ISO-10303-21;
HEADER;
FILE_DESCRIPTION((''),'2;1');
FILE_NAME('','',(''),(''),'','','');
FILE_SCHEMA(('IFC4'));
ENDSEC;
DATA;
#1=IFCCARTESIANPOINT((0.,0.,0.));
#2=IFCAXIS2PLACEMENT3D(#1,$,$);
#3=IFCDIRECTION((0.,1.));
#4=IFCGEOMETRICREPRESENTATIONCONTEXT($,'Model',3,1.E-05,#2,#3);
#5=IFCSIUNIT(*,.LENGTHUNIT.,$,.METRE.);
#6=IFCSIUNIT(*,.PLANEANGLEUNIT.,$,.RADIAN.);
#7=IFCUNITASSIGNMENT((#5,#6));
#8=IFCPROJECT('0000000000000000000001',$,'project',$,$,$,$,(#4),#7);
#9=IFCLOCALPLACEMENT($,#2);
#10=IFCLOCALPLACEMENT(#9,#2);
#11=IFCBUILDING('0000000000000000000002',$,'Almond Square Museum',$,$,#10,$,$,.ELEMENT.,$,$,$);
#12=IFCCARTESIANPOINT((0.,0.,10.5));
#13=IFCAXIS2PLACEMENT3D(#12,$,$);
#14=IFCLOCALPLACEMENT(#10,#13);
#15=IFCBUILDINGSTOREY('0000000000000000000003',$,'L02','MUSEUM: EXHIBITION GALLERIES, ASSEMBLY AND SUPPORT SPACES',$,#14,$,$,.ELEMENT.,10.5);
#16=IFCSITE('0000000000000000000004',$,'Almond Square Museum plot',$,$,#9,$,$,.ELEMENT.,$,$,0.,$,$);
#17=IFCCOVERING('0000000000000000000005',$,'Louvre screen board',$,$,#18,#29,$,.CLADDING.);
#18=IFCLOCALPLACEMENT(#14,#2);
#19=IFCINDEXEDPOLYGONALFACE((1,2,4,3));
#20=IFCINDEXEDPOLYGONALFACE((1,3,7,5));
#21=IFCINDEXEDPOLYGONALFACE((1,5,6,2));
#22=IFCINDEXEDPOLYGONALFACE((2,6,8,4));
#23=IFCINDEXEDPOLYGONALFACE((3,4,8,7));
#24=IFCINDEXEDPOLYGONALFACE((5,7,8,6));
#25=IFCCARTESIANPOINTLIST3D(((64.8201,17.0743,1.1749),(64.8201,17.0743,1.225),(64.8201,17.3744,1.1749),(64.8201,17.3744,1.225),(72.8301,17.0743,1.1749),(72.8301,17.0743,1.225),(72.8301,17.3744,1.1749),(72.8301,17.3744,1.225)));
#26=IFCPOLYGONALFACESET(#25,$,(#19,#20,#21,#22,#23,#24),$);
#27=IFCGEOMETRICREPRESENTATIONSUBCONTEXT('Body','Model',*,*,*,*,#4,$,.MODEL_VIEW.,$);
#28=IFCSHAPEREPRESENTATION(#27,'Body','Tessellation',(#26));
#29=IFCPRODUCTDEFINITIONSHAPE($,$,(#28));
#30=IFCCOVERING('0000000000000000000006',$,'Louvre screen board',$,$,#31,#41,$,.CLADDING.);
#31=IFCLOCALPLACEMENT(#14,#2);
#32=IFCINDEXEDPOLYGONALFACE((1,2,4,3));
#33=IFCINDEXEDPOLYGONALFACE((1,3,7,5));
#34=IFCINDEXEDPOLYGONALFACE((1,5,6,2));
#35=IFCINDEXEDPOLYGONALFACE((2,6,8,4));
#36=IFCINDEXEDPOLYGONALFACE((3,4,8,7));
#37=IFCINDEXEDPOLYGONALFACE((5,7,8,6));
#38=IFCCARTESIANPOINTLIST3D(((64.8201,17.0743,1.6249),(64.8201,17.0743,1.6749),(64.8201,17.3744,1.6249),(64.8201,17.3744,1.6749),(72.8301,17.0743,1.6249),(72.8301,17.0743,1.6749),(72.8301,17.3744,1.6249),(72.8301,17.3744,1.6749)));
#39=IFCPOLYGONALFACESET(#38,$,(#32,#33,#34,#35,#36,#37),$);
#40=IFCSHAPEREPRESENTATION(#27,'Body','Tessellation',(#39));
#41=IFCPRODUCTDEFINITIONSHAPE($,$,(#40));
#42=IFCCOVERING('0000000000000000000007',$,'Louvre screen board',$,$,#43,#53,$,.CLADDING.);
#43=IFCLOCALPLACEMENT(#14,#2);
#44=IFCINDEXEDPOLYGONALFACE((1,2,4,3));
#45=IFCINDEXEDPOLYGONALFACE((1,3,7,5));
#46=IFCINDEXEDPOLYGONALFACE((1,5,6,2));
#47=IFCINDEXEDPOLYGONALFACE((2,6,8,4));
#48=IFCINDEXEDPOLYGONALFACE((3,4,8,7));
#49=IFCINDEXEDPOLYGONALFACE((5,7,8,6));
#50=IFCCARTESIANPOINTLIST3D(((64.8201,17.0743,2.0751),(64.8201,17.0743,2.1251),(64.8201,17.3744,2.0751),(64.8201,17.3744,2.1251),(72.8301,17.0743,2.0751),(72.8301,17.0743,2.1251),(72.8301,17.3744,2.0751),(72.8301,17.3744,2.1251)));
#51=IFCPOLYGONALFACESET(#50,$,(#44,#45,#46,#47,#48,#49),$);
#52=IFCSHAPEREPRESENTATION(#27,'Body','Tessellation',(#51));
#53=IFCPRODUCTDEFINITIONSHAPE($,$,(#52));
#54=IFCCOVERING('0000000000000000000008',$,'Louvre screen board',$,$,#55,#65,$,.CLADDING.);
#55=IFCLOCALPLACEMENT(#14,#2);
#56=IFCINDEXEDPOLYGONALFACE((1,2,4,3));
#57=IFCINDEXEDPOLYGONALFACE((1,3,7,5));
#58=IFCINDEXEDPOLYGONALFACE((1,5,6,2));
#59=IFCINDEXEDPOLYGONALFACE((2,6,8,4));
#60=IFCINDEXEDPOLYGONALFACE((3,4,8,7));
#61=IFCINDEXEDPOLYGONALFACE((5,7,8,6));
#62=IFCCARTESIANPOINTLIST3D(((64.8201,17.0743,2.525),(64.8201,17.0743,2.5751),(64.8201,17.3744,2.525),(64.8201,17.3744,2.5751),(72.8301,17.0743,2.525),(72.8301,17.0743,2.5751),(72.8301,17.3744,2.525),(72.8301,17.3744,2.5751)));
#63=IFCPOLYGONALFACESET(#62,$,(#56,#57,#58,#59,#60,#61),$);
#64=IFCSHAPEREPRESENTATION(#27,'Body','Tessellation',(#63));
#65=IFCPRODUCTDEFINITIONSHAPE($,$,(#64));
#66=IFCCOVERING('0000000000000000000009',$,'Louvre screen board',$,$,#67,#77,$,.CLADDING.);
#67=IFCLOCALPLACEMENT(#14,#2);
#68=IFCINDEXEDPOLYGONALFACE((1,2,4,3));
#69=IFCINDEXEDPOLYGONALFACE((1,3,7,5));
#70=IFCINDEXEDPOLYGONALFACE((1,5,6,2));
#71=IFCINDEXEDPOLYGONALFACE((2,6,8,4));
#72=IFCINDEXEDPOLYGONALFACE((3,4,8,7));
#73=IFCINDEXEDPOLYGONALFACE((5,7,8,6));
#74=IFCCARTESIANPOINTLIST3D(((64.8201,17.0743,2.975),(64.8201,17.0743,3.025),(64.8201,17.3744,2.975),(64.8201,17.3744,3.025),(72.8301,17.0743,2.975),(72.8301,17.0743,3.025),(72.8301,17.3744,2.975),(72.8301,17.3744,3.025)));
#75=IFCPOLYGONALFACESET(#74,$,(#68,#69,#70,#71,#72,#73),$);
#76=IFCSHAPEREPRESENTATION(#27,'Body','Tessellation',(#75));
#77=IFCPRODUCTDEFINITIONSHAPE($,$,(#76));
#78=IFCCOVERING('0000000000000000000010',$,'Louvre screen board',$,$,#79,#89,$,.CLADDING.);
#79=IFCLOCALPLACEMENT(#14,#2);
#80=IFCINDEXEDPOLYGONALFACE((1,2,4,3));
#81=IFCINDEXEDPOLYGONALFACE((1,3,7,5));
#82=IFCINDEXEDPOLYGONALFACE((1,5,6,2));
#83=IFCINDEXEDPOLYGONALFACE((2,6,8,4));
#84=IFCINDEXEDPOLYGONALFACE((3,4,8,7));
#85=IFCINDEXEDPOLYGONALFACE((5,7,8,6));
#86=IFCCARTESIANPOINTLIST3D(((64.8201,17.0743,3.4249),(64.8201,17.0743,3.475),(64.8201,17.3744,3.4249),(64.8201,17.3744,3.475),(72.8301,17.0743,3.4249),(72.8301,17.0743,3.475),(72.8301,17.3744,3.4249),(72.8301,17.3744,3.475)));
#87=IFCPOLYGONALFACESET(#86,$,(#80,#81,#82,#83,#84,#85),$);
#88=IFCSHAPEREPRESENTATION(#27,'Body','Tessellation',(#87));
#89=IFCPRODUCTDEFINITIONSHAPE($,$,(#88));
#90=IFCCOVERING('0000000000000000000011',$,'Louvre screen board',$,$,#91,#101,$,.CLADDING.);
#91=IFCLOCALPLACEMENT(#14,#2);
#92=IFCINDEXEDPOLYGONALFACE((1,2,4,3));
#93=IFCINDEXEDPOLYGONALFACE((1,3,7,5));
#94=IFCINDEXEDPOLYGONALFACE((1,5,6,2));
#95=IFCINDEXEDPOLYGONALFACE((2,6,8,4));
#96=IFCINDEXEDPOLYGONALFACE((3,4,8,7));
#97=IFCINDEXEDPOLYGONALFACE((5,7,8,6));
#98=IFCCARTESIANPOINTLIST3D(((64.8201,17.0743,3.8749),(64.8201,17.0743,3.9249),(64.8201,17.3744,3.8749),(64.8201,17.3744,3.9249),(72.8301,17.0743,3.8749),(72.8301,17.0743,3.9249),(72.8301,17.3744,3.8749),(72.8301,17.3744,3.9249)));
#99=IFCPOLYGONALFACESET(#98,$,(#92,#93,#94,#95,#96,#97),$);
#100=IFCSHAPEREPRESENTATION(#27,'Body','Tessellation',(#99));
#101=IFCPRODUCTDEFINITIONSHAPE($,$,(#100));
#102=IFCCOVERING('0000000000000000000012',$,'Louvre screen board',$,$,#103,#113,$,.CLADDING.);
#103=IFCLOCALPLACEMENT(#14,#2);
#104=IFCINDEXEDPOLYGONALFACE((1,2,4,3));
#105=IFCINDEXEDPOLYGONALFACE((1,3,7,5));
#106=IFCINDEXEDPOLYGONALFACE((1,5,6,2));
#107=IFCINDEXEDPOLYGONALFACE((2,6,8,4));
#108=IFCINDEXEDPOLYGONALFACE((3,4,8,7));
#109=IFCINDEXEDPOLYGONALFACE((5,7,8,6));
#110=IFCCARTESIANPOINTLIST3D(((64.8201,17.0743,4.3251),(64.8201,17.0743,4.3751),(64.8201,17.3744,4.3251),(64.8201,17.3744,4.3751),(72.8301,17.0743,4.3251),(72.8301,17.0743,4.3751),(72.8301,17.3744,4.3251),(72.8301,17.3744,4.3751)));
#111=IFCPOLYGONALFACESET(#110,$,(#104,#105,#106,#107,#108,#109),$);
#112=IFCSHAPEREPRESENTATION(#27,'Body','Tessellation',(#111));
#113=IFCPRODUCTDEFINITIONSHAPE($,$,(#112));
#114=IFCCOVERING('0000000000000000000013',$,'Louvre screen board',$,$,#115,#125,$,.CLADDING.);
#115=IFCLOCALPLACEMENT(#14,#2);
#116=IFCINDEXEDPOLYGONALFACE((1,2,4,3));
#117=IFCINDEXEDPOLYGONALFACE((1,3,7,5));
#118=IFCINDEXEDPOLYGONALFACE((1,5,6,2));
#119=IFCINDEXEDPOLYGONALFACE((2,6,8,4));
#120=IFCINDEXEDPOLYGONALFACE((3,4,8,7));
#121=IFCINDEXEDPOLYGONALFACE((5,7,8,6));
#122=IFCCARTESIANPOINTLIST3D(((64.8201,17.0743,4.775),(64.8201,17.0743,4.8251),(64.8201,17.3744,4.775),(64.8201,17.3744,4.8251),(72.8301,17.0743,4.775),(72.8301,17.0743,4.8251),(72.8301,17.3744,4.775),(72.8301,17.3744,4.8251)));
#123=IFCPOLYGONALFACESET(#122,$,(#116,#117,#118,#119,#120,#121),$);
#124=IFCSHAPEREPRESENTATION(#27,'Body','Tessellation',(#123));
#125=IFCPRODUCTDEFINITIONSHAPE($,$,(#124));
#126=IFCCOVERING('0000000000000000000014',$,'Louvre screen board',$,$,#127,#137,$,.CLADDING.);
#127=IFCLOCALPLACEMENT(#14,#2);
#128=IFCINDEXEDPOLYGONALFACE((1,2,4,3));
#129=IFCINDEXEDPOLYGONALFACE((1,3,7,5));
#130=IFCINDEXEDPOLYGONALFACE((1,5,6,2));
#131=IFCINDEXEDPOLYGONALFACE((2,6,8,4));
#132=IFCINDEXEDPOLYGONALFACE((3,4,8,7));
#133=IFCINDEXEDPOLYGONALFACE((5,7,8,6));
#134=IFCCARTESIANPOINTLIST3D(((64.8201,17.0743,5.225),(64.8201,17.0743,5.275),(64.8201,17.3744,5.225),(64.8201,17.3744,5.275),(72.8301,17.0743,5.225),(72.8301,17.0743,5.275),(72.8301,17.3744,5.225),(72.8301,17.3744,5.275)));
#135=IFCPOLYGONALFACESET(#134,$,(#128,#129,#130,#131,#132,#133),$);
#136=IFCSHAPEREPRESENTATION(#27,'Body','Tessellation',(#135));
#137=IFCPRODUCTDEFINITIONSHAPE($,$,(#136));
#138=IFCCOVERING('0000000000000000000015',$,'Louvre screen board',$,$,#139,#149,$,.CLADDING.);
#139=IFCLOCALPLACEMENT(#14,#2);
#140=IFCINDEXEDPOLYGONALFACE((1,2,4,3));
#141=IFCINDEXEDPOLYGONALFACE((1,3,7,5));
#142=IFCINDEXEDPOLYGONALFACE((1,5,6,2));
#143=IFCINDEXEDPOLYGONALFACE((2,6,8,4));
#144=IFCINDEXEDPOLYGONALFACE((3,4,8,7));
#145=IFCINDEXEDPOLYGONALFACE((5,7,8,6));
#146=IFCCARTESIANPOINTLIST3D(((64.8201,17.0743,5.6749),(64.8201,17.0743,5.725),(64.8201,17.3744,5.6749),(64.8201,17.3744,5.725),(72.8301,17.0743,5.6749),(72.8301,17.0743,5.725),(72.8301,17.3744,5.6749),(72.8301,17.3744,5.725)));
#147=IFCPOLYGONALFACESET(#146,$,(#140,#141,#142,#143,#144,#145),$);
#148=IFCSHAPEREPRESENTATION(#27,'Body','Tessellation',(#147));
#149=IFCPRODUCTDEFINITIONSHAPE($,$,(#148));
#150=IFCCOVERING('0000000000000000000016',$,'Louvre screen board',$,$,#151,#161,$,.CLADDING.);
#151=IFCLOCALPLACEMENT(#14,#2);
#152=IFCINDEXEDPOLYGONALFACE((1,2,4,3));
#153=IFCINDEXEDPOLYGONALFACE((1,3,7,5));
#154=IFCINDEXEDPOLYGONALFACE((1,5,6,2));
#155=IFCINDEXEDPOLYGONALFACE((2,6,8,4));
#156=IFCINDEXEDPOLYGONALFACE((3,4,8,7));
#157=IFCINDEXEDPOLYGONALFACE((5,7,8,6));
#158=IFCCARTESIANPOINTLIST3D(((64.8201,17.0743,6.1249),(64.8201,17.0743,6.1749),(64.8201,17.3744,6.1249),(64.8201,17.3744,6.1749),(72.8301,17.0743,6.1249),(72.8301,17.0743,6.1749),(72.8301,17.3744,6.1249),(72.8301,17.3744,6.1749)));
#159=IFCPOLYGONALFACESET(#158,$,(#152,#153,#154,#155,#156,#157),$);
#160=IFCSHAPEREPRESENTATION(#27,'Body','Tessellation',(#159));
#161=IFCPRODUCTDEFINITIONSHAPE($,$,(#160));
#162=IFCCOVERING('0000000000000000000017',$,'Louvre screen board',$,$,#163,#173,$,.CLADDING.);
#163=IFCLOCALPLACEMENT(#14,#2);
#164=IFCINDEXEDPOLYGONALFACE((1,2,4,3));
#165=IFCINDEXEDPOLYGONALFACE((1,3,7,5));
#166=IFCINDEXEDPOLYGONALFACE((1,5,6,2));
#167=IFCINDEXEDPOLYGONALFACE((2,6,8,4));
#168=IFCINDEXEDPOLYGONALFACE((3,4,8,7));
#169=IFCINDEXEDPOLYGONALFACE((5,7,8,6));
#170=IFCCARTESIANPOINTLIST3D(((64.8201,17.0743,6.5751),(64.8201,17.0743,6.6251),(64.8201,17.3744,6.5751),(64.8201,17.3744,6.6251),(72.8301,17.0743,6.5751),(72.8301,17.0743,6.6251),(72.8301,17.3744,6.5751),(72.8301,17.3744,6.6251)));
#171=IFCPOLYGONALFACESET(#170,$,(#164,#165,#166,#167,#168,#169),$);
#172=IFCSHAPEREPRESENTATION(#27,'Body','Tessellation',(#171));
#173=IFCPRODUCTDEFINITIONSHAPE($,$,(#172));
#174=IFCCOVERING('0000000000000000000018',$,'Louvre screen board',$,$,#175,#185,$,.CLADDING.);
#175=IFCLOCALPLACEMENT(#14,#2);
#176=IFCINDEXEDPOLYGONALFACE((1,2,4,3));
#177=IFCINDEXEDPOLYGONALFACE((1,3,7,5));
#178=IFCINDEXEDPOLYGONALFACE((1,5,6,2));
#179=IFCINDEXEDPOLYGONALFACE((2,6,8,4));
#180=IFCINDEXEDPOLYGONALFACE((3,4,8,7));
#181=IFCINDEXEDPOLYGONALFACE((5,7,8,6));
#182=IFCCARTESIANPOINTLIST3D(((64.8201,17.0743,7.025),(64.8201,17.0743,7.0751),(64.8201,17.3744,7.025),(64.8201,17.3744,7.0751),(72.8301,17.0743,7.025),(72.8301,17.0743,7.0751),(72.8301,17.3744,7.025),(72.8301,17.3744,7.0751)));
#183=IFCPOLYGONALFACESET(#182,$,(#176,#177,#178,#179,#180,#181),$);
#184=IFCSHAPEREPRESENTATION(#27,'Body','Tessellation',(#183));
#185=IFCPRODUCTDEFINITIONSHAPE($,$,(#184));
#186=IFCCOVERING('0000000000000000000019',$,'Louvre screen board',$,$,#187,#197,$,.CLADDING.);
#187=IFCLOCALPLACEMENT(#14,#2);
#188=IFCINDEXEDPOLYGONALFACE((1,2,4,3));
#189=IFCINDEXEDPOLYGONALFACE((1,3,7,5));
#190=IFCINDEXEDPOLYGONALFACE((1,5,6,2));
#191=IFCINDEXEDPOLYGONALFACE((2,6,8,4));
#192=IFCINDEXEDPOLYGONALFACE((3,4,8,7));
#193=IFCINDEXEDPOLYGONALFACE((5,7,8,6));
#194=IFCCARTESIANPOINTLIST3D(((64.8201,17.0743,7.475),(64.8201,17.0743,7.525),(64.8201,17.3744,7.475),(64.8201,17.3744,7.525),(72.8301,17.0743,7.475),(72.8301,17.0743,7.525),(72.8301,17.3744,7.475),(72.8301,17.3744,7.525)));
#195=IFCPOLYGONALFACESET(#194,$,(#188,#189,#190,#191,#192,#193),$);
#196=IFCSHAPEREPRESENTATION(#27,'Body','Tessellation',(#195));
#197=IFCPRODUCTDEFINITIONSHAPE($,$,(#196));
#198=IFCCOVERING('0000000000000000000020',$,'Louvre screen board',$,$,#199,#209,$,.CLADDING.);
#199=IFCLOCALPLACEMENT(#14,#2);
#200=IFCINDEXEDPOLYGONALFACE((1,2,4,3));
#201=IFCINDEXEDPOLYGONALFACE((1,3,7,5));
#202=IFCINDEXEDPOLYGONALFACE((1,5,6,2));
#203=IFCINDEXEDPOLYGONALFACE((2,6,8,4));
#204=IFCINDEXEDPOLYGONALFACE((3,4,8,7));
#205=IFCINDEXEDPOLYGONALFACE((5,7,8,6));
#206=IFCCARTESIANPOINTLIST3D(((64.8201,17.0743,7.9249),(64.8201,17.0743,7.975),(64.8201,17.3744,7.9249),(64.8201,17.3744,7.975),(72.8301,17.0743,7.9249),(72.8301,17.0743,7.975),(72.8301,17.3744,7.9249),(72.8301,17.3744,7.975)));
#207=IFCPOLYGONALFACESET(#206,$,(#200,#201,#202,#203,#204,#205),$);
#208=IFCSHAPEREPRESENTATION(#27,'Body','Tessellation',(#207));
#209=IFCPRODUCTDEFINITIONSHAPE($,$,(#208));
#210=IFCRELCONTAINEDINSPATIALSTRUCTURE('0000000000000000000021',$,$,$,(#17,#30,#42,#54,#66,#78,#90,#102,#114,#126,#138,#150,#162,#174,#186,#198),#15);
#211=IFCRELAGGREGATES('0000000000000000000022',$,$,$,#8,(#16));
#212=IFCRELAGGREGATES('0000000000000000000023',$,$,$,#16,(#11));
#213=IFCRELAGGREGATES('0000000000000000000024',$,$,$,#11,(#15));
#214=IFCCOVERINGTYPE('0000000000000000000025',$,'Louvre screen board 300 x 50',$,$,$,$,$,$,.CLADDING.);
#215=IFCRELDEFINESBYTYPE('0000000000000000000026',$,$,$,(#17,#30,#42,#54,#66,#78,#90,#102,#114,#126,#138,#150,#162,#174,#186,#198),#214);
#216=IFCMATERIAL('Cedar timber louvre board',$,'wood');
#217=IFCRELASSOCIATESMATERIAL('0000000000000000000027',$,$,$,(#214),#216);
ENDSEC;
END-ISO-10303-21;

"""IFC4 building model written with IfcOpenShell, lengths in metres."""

from ifc_helpers import new_model, si_unit, direction, frame, origin, origin_2d, place, context, subcontext, project, spatial, rectangle, extrude, material, material_profile, profile_set, type_object, element, save


model = new_model("IFC4")

# Units and contexts
model_context = context("Model", 3, precision=1e-05, world=origin(), true_north=direction((0.0, 1.0)))
body_context = subcontext(model_context, "Body", "Model", "MODEL_VIEW")
ifc_project = project(units=[si_unit("LENGTHUNIT", "METRE"), si_unit("PLANEANGLEUNIT", "RADIAN")], contexts=[model_context])

# Site, building, storey
site_placement = place(None, origin())
site = spatial("IfcSite", under=ifc_project, at=site_placement, Name="Almond Square Museum plot", CompositionType="ELEMENT", RefElevation=0.0)
building_placement = place(site_placement, origin())
building = spatial("IfcBuilding", under=site, at=building_placement, Name="Almond Square Museum", CompositionType="ELEMENT")
storey_placement = place(building_placement, frame((0.0, 0.0, 10.5)))
storey = spatial("IfcBuildingStorey", under=building, at=storey_placement, Name="L02", Description="MUSEUM: EXHIBITION GALLERIES, ASSEMBLY AND SUPPORT SPACES", CompositionType="ELEMENT", Elevation=10.5)

# Coverings
ifc_material_1 = material(Name="Cedar timber louvre board", Category="wood")
ifc_material_profile_1 = material_profile(ifc_material_1, rectangle(XDim=0.3, YDim=0.05, at=origin_2d()))
ifc_profile_set_1 = profile_set([ifc_material_profile_1], Name="Cedar timber louvre board")
covering_type = type_object("IfcCoveringType", Name="Louvre screen board 300 x 50", PredefinedType="CLADDING", material=ifc_profile_set_1)
for number, where, z_axis, x_axis, name in (
    (1, (64.8201, 17.2244, 1.2), (1.0, 0.0, 0.0), (0.0, 1.0, 0.0), "Louvre screen board"),
    (2, (64.8201, 17.2244, 1.6499), (1.0, 0.0, 0.0), (0.0, 1.0, 0.0), "Louvre screen board"),
    (3, (64.8201, 17.2244, 2.1001), (1.0, 0.0, 0.0), (0.0, 1.0, 0.0), "Louvre screen board"),
    (4, (64.8201, 17.2244, 2.55), (1.0, 0.0, 0.0), (0.0, 1.0, 0.0), "Louvre screen board"),
    (5, (64.8201, 17.2244, 3.0), (1.0, 0.0, 0.0), (0.0, 1.0, 0.0), "Louvre screen board"),
    (6, (64.8201, 17.2244, 3.45), (1.0, 0.0, 0.0), (0.0, 1.0, 0.0), "Louvre screen board"),
    (7, (64.8201, 17.2244, 3.8999), (1.0, 0.0, 0.0), (0.0, 1.0, 0.0), "Louvre screen board"),
    (8, (64.8201, 17.2244, 4.3501), (1.0, 0.0, 0.0), (0.0, 1.0, 0.0), "Louvre screen board"),
    (9, (64.8201, 17.2244, 4.8), (1.0, 0.0, 0.0), (0.0, 1.0, 0.0), "Louvre screen board"),
    (10, (64.8201, 17.2244, 5.25), (1.0, 0.0, 0.0), (0.0, 1.0, 0.0), "Louvre screen board"),
    (11, (64.8201, 17.2244, 5.7), (1.0, 0.0, 0.0), (0.0, 1.0, 0.0), "Louvre screen board"),
    (12, (64.8201, 17.2244, 6.1499), (1.0, 0.0, 0.0), (0.0, 1.0, 0.0), "Louvre screen board"),
    (13, (64.8201, 17.2244, 6.6001), (1.0, 0.0, 0.0), (0.0, 1.0, 0.0), "Louvre screen board"),
    (14, (64.8201, 17.2244, 7.05), (1.0, 0.0, 0.0), (0.0, 1.0, 0.0), "Louvre screen board"),
    (15, (64.8201, 17.2244, 7.5), (1.0, 0.0, 0.0), (0.0, 1.0, 0.0), "Louvre screen board"),
    (16, (64.8201, 17.2244, 7.95), (1.0, 0.0, 0.0), (0.0, 1.0, 0.0), "Louvre screen board"),
):
    element("IfcCovering", number, at=place(storey_placement, frame(where, z_axis=z_axis, x_axis=x_axis)), inside=storey, type_object=covering_type, Name=name, PredefinedType="CLADDING", context=body_context, shape_type="SweptSolid", body=[
        extrude(rectangle(XDim=0.3, YDim=0.05, at=origin_2d()), origin(), (0.0, 0.0, 1.0), 8.01),
    ])

save(model, "model.ifc")
